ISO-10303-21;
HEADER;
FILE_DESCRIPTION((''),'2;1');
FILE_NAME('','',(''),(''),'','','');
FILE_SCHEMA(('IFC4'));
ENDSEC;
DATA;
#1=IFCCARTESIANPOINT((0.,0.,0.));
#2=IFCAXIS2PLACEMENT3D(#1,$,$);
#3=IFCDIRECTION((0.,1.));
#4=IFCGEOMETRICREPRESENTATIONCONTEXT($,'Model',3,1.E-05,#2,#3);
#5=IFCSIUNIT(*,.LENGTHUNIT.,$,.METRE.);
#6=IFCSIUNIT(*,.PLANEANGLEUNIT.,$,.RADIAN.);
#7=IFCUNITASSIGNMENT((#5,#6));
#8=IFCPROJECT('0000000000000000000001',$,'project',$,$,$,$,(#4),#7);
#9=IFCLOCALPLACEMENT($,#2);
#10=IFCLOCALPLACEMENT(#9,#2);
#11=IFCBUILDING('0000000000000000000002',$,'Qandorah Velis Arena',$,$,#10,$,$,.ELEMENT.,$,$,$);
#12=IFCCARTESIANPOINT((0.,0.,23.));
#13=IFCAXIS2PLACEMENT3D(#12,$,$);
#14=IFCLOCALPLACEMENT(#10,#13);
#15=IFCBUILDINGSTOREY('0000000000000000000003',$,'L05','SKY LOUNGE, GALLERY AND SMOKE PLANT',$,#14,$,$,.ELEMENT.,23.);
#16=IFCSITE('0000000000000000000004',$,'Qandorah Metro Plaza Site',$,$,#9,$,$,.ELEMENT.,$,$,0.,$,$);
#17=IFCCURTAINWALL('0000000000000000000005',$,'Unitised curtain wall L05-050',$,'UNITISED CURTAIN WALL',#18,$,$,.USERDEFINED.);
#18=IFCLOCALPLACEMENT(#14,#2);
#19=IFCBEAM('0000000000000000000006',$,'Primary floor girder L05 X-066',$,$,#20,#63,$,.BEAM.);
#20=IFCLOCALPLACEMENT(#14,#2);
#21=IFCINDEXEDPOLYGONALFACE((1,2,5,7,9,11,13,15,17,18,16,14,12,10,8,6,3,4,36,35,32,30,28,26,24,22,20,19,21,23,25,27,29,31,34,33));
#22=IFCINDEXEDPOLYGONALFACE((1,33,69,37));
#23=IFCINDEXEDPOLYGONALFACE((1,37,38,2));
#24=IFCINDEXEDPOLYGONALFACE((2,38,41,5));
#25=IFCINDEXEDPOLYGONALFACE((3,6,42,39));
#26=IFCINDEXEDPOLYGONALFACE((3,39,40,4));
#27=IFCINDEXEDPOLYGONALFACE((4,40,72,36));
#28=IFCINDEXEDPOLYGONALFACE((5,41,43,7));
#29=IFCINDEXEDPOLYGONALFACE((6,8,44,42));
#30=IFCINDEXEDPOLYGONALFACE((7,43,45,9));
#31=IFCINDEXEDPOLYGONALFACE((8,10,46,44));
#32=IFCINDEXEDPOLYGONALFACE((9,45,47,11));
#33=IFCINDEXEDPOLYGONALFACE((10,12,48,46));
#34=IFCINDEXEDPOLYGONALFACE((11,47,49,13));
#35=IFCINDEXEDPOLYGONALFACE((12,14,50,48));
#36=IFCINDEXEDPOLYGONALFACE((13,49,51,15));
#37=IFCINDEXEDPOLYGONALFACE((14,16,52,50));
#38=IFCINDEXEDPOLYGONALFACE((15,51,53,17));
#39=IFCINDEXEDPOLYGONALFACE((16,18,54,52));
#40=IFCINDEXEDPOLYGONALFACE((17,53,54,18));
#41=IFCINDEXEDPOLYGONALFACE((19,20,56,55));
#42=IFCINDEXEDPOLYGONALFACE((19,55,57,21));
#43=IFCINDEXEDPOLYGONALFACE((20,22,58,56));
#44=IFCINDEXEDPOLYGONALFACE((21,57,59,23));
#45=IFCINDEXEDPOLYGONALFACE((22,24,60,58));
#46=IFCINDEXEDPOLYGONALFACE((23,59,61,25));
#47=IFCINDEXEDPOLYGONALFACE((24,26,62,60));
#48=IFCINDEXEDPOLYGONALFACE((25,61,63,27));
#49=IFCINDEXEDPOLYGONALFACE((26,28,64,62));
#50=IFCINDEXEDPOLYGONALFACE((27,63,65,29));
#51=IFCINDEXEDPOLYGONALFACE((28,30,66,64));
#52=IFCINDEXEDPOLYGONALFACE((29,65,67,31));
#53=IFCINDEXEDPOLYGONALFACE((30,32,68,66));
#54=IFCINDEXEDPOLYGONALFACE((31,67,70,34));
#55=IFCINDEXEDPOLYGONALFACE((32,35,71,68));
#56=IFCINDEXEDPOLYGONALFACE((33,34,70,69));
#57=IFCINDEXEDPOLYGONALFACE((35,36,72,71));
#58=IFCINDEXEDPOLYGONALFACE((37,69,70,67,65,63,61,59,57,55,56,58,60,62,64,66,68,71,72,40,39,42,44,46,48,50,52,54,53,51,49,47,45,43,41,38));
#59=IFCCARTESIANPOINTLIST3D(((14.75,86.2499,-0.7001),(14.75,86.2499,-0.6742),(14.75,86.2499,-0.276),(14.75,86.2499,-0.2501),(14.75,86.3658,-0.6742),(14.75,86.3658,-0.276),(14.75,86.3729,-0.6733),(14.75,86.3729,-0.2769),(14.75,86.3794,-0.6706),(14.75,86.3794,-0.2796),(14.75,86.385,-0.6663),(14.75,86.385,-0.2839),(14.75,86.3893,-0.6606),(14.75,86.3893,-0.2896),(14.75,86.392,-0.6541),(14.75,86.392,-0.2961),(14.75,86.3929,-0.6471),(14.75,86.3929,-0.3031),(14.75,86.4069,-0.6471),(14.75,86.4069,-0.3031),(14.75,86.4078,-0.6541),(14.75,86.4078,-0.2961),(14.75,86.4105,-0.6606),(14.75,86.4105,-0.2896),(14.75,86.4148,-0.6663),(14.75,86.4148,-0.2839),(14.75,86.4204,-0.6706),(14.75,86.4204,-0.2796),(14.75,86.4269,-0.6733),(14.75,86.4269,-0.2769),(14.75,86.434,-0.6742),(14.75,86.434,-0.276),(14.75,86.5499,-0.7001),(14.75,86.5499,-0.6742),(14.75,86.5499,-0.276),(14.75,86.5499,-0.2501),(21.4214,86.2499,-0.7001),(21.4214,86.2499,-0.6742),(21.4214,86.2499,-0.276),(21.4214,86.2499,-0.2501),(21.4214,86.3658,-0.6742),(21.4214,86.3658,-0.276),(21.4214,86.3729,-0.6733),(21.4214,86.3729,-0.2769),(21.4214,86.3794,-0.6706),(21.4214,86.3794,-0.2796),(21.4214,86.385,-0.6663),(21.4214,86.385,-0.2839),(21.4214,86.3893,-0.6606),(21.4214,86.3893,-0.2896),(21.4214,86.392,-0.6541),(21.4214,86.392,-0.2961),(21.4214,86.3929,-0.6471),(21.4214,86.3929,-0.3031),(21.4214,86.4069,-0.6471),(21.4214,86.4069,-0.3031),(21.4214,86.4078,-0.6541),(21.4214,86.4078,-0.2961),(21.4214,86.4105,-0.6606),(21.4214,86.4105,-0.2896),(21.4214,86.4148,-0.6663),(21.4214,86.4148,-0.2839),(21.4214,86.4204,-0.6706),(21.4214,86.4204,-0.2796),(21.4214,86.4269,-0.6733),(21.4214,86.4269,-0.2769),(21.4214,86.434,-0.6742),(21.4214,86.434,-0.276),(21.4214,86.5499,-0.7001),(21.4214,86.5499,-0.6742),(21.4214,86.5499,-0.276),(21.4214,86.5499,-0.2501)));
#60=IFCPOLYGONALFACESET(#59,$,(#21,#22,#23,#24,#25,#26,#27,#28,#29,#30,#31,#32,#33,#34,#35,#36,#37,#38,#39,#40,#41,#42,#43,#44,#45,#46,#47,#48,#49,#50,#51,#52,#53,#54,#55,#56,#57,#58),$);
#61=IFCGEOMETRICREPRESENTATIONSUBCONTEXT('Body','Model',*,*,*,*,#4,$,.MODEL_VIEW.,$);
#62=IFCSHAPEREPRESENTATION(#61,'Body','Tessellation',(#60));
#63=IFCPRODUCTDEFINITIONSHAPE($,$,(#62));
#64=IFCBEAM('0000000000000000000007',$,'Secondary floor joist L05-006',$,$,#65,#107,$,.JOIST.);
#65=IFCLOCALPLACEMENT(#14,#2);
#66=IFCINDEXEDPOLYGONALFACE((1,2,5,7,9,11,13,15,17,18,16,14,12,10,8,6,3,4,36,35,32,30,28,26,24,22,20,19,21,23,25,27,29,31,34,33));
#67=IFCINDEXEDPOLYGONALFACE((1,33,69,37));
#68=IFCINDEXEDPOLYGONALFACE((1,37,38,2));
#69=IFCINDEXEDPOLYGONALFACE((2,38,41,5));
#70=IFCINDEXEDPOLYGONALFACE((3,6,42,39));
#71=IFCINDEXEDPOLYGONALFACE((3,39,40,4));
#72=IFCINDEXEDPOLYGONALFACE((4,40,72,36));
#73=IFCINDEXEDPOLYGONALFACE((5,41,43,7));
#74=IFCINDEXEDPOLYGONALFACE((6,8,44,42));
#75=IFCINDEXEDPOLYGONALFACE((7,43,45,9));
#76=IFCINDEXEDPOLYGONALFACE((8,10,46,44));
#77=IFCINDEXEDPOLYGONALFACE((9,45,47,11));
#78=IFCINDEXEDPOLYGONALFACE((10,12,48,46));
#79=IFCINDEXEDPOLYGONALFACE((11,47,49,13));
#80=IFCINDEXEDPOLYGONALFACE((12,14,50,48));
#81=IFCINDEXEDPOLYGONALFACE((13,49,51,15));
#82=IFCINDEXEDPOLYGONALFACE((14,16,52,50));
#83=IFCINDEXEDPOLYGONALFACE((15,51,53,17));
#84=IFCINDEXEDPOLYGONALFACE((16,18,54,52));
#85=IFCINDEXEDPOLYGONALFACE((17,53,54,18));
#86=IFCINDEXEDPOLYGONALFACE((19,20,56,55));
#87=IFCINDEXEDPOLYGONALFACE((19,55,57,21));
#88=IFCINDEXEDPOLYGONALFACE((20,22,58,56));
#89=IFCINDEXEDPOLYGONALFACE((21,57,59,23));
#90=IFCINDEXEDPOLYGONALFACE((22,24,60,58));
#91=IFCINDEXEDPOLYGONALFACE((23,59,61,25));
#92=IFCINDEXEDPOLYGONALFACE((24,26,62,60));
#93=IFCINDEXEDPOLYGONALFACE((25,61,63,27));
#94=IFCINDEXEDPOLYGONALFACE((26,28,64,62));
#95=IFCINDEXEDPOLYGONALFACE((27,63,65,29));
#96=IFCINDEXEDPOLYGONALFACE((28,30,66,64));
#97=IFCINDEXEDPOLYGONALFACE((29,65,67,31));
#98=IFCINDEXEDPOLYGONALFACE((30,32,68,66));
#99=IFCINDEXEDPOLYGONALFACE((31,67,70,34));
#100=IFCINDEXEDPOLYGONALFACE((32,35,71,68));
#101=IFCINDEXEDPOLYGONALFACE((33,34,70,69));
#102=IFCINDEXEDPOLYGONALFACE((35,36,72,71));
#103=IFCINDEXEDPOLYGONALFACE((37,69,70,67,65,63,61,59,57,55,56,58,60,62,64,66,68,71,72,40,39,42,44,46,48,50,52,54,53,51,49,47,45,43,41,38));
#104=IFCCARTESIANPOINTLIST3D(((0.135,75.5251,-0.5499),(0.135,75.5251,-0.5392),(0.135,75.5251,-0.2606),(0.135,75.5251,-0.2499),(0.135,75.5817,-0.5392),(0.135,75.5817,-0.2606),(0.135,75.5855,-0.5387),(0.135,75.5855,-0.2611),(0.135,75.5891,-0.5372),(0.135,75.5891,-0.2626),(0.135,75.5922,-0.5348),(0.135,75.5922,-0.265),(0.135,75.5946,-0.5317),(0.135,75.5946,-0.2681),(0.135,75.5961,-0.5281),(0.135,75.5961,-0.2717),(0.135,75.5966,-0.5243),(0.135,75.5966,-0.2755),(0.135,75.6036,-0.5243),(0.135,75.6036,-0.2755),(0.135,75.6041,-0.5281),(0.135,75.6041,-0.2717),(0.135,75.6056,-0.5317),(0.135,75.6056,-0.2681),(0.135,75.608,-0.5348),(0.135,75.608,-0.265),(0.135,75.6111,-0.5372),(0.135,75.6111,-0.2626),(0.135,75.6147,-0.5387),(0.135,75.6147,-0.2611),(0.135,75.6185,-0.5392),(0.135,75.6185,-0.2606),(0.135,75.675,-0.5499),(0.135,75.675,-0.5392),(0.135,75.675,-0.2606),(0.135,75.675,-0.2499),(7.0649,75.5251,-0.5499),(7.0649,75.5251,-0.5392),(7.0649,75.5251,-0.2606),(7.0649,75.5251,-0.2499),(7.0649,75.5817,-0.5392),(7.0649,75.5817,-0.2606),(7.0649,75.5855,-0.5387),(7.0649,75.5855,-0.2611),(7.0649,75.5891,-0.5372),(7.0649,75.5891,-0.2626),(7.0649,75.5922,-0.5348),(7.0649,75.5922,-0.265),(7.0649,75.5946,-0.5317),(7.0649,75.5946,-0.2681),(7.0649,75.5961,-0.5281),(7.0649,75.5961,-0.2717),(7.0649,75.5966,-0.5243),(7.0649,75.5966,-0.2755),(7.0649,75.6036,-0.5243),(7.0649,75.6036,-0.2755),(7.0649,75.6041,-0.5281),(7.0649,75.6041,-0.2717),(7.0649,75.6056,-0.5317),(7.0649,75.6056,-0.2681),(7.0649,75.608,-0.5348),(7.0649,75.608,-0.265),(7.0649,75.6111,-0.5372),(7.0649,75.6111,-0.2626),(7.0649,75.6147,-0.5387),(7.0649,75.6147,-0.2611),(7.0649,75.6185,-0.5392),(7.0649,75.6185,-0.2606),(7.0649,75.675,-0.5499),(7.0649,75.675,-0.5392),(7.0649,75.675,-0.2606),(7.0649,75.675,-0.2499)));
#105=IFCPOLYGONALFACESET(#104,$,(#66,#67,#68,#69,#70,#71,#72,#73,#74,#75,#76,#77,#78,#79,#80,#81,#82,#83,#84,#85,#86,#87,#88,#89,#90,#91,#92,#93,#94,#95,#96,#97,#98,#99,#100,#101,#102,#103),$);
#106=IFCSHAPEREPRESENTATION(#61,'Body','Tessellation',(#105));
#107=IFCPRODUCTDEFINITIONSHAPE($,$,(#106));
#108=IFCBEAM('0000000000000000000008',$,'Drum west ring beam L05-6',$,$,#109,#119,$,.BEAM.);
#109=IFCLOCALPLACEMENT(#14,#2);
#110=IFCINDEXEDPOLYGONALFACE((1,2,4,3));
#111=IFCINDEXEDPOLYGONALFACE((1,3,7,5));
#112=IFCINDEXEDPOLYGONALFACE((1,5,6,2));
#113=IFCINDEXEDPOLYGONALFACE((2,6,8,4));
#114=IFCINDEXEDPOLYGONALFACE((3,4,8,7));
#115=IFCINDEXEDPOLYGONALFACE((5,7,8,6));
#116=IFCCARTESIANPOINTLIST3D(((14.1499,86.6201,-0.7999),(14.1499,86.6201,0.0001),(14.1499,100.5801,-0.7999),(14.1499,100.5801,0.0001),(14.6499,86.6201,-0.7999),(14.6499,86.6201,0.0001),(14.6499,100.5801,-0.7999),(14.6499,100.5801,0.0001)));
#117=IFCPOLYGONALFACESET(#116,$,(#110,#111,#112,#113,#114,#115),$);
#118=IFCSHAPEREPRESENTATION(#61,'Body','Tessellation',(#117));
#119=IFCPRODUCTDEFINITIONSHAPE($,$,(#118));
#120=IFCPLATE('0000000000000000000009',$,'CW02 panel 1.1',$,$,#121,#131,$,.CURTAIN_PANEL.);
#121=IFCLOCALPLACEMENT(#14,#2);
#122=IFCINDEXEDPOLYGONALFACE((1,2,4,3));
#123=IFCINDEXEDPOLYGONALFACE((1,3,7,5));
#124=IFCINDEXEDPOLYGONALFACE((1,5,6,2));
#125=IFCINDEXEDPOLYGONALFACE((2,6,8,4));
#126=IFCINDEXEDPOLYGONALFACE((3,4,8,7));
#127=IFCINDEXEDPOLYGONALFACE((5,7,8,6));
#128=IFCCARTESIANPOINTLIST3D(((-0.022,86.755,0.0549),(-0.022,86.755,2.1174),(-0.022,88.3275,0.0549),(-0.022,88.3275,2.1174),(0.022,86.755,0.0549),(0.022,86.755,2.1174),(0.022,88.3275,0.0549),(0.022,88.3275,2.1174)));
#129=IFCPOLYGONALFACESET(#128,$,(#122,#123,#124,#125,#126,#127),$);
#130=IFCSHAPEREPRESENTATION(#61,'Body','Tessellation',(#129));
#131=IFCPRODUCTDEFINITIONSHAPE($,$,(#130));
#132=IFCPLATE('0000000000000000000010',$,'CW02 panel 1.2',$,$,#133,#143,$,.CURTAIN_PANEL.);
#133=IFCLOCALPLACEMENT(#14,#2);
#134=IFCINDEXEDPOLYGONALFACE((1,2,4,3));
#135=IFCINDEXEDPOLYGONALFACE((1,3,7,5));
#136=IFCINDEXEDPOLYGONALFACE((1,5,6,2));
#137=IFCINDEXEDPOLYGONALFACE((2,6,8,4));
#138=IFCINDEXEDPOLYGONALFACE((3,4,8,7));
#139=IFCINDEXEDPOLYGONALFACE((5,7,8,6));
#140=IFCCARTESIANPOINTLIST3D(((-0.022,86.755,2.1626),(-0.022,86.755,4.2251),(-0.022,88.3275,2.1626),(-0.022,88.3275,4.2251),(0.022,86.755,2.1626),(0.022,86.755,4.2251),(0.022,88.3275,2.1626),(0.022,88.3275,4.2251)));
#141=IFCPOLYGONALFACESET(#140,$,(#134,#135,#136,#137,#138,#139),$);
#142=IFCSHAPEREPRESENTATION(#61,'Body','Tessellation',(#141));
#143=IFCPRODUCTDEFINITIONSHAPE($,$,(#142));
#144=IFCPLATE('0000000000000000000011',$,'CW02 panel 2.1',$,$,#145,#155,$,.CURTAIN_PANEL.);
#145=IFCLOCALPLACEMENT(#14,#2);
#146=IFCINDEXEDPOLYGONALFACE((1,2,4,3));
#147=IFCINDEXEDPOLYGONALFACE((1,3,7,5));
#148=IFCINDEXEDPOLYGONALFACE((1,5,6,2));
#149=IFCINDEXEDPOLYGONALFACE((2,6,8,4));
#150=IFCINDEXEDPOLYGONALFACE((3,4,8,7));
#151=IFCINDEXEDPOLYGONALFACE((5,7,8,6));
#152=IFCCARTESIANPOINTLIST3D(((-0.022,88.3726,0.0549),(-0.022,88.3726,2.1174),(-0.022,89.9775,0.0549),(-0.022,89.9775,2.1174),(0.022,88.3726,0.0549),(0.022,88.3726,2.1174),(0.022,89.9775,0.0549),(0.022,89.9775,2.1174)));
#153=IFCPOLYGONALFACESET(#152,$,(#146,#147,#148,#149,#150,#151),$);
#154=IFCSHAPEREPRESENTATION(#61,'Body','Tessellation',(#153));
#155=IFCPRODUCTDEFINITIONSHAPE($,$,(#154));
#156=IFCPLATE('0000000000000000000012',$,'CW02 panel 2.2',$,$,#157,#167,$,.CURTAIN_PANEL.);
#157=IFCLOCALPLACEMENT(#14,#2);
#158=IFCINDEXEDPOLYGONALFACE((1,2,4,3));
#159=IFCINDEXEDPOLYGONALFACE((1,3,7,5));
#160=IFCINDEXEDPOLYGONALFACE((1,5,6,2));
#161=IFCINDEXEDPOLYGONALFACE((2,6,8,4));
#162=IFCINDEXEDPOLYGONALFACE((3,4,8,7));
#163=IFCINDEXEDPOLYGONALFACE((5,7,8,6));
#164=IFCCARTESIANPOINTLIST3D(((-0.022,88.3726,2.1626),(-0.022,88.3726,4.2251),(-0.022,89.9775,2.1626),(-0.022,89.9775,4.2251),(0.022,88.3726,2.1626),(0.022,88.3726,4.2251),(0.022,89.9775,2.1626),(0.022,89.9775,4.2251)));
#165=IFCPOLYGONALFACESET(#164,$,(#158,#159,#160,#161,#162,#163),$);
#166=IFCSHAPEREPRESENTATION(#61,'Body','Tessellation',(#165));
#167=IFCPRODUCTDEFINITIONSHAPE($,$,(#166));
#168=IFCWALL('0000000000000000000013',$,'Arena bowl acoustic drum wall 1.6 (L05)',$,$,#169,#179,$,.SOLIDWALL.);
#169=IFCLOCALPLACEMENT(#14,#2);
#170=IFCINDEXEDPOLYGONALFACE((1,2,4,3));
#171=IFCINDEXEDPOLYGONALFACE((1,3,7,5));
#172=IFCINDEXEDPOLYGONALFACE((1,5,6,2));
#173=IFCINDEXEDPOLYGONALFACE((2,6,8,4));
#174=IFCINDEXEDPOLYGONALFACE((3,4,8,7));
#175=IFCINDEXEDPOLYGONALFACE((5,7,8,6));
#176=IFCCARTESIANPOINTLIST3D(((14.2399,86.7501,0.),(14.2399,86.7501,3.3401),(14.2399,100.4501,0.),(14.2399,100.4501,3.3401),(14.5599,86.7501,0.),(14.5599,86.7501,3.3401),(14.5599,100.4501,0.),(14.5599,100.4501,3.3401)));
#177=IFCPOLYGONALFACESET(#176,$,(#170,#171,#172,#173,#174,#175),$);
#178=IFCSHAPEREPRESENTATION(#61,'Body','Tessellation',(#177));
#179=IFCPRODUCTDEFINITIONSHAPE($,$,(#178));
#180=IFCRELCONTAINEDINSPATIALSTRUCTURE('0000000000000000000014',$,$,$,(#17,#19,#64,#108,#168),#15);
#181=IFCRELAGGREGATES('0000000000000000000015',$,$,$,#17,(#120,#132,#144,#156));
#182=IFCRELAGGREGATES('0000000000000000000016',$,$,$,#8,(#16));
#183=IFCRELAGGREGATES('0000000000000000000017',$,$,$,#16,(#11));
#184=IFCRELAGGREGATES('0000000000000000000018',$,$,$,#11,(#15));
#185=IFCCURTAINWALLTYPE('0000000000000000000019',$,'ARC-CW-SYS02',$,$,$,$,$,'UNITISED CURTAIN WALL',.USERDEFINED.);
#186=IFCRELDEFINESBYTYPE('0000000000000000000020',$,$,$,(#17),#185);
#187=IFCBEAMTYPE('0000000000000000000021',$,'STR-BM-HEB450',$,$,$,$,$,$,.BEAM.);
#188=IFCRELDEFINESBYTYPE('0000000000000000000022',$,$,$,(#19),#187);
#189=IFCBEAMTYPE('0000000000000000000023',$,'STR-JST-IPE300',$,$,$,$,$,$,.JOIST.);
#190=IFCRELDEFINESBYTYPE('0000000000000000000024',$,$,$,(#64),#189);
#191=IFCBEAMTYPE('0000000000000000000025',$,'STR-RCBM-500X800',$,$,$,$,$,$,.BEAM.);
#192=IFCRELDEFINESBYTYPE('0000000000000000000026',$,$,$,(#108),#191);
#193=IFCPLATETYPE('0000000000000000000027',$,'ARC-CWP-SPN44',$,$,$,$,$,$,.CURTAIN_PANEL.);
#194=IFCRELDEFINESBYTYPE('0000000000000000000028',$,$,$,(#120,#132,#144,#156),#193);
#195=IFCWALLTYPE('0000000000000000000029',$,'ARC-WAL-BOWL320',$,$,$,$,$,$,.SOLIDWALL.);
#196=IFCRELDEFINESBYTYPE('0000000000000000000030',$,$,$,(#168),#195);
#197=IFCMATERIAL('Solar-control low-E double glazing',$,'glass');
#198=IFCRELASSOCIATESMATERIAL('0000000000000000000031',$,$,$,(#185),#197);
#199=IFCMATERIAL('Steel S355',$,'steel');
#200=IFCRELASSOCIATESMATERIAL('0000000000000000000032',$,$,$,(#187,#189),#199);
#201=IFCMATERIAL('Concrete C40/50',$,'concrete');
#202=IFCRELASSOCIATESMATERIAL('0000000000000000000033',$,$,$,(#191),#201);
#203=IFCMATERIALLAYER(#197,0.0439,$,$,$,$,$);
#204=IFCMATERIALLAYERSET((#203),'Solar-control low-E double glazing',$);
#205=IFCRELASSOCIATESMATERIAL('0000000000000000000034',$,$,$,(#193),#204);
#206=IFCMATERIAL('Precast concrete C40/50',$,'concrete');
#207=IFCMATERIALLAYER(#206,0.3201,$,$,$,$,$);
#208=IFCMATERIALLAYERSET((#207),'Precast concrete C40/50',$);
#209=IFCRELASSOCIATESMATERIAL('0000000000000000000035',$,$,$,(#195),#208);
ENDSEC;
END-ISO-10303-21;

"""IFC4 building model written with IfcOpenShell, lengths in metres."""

from ifc_helpers import new_model, si_unit, direction, frame, frame_2d, origin, origin_2d, place, context, subcontext, project, spatial, rectangle, i_section, extrude, material, layer, layer_set, material_profile, profile_set, type_object, element, aggregate, save


model = new_model("IFC4")

# Units and contexts
model_context = context("Model", 3, precision=1e-05, world=origin(), true_north=direction((0.0, 1.0)))
body_context = subcontext(model_context, "Body", "Model", "MODEL_VIEW")
ifc_project = project(units=[si_unit("LENGTHUNIT", "METRE"), si_unit("PLANEANGLEUNIT", "RADIAN")], contexts=[model_context])

# Site, building, storey
site_placement = place(None, origin())
site = spatial("IfcSite", under=ifc_project, at=site_placement, Name="Qandorah Metro Plaza Site", CompositionType="ELEMENT", RefElevation=0.0)
building_placement = place(site_placement, origin())
building = spatial("IfcBuilding", under=site, at=building_placement, Name="Qandorah Velis Arena", CompositionType="ELEMENT")
storey_placement = place(building_placement, frame((0.0, 0.0, 23.0)))
storey = spatial("IfcBuildingStorey", under=building, at=storey_placement, Name="L05", Description="SKY LOUNGE, GALLERY AND SMOKE PLANT", CompositionType="ELEMENT", Elevation=23.0)

# Shared definitions
ifc_material_1 = material(Name="Concrete C40/50", Category="concrete")

# Curtain wall
ifc_material_2 = material(Name="Solar-control low-E double glazing", Category="glass")
curtain_wall_type = type_object("IfcCurtainWallType", Name="ARC-CW-SYS02", ElementType="UNITISED CURTAIN WALL", PredefinedType="USERDEFINED", material=ifc_material_2)
curtain_wall_placement = place(storey_placement, origin())
curtain_wall = element("IfcCurtainWall", 1, at=curtain_wall_placement, inside=storey, type_object=curtain_wall_type, Name="Unitised curtain wall L05-050", ObjectType="UNITISED CURTAIN WALL", PredefinedType="USERDEFINED")

# Beams
ifc_material_3 = material(Name="Steel S355", Category="steel")
ifc_material_profile_1 = material_profile(ifc_material_3, i_section(OverallWidth=0.3, OverallDepth=0.45, WebThickness=0.0139, FlangeThickness=0.0259, FilletRadius=0.0271, at=origin_2d()), Name="HEB 450")
ifc_profile_set_1 = profile_set([ifc_material_profile_1], Name="Steel S355")
beam_type_1 = type_object("IfcBeamType", Name="STR-BM-HEB450", PredefinedType="BEAM", material=ifc_profile_set_1)
beam_1_placement = place(storey_placement, frame((14.75, 86.3999, -0.4751), z_axis=(1.0, 0.0, 0.0), x_axis=(0.0, 1.0, 0.0)))
element("IfcBeam", 2, at=beam_1_placement, inside=storey, type_object=beam_type_1, Name="Primary floor girder L05 X-066", PredefinedType="BEAM", context=body_context, shape_type="SweptSolid", body=[
    extrude(i_section(OverallWidth=0.3, OverallDepth=0.45, WebThickness=0.0139, FlangeThickness=0.0259, FilletRadius=0.0271, at=origin_2d()), origin(), (0.0, 0.0, 1.0), 6.6714),
])
ifc_material_profile_2 = material_profile(ifc_material_3, i_section(OverallWidth=0.1499, OverallDepth=0.3, WebThickness=0.0071, FlangeThickness=0.0107, FilletRadius=0.0149, at=origin_2d()), Name="IPE 300")
ifc_profile_set_2 = profile_set([ifc_material_profile_2], Name="Steel S355")
beam_type_2 = type_object("IfcBeamType", Name="STR-JST-IPE300", PredefinedType="JOIST", material=ifc_profile_set_2)
beam_2_placement = place(storey_placement, frame((0.135, 75.6001, -0.3999), z_axis=(1.0, 0.0, 0.0), x_axis=(0.0, 1.0, 0.0)))
element("IfcBeam", 3, at=beam_2_placement, inside=storey, type_object=beam_type_2, Name="Secondary floor joist L05-006", PredefinedType="JOIST", context=body_context, shape_type="SweptSolid", body=[
    extrude(i_section(OverallWidth=0.1499, OverallDepth=0.3, WebThickness=0.0071, FlangeThickness=0.0107, FilletRadius=0.0149, at=origin_2d()), origin(), (0.0, 0.0, 1.0), 6.9299),
])
ifc_material_profile_3 = material_profile(ifc_material_1, rectangle(XDim=0.5, YDim=0.8, at=origin_2d()), Name="RC BM 500x800")
ifc_profile_set_3 = profile_set([ifc_material_profile_3], Name="Concrete C40/50")
beam_type_3 = type_object("IfcBeamType", Name="STR-RCBM-500X800", PredefinedType="BEAM", material=ifc_profile_set_3)
beam_3_placement = place(storey_placement, frame((14.3999, 86.6201, -0.3999), z_axis=(0.0, 1.0, 0.0), x_axis=(-1.0, 0.0, 0.0)))
element("IfcBeam", 4, at=beam_3_placement, inside=storey, type_object=beam_type_3, Name="Drum west ring beam L05-6", PredefinedType="BEAM", context=body_context, shape_type="SweptSolid", body=[
    extrude(rectangle(XDim=0.5, YDim=0.8, at=origin_2d()), origin(), (0.0, 0.0, 1.0), 13.96),
])

# Plates
ifc_layer_1 = layer(ifc_material_2, 0.0439)
ifc_layer_set_1 = layer_set([ifc_layer_1], Name="Solar-control low-E double glazing")
plate_type = type_object("IfcPlateType", Name="ARC-CWP-SPN44", PredefinedType="CURTAIN_PANEL", material=ifc_layer_set_1)
plate_1_placement = place(storey_placement, frame((0.0, 87.5413, 0.0549), z_axis=(0.0, 0.0, 1.0), x_axis=(0.0, 1.0, 0.0)))
plate_1 = element("IfcPlate", 5, at=plate_1_placement, type_object=plate_type, Name="CW02 panel 1.1", PredefinedType="CURTAIN_PANEL", context=body_context, shape_type="SweptSolid", body=[
    extrude(rectangle(XDim=1.5725, YDim=0.0439, at=origin_2d()), origin(), (0.0, 0.0, 1.0), 2.0625),
])
plate_2_placement = place(storey_placement, frame((0.0, 87.5413, 2.1626), z_axis=(0.0, 0.0, 1.0), x_axis=(0.0, 1.0, 0.0)))
plate_2 = element("IfcPlate", 6, at=plate_2_placement, type_object=plate_type, Name="CW02 panel 1.2", PredefinedType="CURTAIN_PANEL", context=body_context, shape_type="SweptSolid", body=[
    extrude(rectangle(XDim=1.5725, YDim=0.0439, at=origin_2d()), origin(), (0.0, 0.0, 1.0), 2.0625),
])
plate_3_placement = place(storey_placement, frame((0.0, 89.175, 0.0549), z_axis=(0.0, 0.0, 1.0), x_axis=(0.0, 1.0, 0.0)))
plate_3 = element("IfcPlate", 7, at=plate_3_placement, type_object=plate_type, Name="CW02 panel 2.1", PredefinedType="CURTAIN_PANEL", context=body_context, shape_type="SweptSolid", body=[
    extrude(rectangle(XDim=1.605, YDim=0.0439, at=origin_2d()), origin(), (0.0, 0.0, 1.0), 2.0625),
])
plate_4_placement = place(storey_placement, frame((0.0, 89.175, 2.1626), z_axis=(0.0, 0.0, 1.0), x_axis=(0.0, 1.0, 0.0)))
plate_4 = element("IfcPlate", 8, at=plate_4_placement, type_object=plate_type, Name="CW02 panel 2.2", PredefinedType="CURTAIN_PANEL", context=body_context, shape_type="SweptSolid", body=[
    extrude(rectangle(XDim=1.605, YDim=0.0439, at=origin_2d()), origin(), (0.0, 0.0, 1.0), 2.0625),
])
aggregate(curtain_wall, [plate_1, plate_2, plate_3, plate_4])

# Wall
ifc_material_4 = material(Name="Precast concrete C40/50", Category="concrete")
ifc_layer_2 = layer(ifc_material_4, 0.3201)
ifc_layer_set_2 = layer_set([ifc_layer_2], Name="Precast concrete C40/50")
wall_type = type_object("IfcWallType", Name="ARC-WAL-BOWL320", PredefinedType="SOLIDWALL", material=ifc_layer_set_2)
wall_placement = place(storey_placement, frame((14.3999, 86.75, 0.0), z_axis=(0.0, 0.0, 1.0), x_axis=(0.0, 1.0, 0.0)))
element("IfcWall", 9, at=wall_placement, inside=storey, type_object=wall_type, Name="Arena bowl acoustic drum wall 1.6 (L05)", PredefinedType="SOLIDWALL", context=body_context, shape_type="SweptSolid", body=[
    extrude(rectangle(XDim=13.7, YDim=0.3201, at=frame_2d((6.8501, 0.0))), origin(), (0.0, 0.0, 1.0), 3.3401),
])

save(model, "model.ifc")
